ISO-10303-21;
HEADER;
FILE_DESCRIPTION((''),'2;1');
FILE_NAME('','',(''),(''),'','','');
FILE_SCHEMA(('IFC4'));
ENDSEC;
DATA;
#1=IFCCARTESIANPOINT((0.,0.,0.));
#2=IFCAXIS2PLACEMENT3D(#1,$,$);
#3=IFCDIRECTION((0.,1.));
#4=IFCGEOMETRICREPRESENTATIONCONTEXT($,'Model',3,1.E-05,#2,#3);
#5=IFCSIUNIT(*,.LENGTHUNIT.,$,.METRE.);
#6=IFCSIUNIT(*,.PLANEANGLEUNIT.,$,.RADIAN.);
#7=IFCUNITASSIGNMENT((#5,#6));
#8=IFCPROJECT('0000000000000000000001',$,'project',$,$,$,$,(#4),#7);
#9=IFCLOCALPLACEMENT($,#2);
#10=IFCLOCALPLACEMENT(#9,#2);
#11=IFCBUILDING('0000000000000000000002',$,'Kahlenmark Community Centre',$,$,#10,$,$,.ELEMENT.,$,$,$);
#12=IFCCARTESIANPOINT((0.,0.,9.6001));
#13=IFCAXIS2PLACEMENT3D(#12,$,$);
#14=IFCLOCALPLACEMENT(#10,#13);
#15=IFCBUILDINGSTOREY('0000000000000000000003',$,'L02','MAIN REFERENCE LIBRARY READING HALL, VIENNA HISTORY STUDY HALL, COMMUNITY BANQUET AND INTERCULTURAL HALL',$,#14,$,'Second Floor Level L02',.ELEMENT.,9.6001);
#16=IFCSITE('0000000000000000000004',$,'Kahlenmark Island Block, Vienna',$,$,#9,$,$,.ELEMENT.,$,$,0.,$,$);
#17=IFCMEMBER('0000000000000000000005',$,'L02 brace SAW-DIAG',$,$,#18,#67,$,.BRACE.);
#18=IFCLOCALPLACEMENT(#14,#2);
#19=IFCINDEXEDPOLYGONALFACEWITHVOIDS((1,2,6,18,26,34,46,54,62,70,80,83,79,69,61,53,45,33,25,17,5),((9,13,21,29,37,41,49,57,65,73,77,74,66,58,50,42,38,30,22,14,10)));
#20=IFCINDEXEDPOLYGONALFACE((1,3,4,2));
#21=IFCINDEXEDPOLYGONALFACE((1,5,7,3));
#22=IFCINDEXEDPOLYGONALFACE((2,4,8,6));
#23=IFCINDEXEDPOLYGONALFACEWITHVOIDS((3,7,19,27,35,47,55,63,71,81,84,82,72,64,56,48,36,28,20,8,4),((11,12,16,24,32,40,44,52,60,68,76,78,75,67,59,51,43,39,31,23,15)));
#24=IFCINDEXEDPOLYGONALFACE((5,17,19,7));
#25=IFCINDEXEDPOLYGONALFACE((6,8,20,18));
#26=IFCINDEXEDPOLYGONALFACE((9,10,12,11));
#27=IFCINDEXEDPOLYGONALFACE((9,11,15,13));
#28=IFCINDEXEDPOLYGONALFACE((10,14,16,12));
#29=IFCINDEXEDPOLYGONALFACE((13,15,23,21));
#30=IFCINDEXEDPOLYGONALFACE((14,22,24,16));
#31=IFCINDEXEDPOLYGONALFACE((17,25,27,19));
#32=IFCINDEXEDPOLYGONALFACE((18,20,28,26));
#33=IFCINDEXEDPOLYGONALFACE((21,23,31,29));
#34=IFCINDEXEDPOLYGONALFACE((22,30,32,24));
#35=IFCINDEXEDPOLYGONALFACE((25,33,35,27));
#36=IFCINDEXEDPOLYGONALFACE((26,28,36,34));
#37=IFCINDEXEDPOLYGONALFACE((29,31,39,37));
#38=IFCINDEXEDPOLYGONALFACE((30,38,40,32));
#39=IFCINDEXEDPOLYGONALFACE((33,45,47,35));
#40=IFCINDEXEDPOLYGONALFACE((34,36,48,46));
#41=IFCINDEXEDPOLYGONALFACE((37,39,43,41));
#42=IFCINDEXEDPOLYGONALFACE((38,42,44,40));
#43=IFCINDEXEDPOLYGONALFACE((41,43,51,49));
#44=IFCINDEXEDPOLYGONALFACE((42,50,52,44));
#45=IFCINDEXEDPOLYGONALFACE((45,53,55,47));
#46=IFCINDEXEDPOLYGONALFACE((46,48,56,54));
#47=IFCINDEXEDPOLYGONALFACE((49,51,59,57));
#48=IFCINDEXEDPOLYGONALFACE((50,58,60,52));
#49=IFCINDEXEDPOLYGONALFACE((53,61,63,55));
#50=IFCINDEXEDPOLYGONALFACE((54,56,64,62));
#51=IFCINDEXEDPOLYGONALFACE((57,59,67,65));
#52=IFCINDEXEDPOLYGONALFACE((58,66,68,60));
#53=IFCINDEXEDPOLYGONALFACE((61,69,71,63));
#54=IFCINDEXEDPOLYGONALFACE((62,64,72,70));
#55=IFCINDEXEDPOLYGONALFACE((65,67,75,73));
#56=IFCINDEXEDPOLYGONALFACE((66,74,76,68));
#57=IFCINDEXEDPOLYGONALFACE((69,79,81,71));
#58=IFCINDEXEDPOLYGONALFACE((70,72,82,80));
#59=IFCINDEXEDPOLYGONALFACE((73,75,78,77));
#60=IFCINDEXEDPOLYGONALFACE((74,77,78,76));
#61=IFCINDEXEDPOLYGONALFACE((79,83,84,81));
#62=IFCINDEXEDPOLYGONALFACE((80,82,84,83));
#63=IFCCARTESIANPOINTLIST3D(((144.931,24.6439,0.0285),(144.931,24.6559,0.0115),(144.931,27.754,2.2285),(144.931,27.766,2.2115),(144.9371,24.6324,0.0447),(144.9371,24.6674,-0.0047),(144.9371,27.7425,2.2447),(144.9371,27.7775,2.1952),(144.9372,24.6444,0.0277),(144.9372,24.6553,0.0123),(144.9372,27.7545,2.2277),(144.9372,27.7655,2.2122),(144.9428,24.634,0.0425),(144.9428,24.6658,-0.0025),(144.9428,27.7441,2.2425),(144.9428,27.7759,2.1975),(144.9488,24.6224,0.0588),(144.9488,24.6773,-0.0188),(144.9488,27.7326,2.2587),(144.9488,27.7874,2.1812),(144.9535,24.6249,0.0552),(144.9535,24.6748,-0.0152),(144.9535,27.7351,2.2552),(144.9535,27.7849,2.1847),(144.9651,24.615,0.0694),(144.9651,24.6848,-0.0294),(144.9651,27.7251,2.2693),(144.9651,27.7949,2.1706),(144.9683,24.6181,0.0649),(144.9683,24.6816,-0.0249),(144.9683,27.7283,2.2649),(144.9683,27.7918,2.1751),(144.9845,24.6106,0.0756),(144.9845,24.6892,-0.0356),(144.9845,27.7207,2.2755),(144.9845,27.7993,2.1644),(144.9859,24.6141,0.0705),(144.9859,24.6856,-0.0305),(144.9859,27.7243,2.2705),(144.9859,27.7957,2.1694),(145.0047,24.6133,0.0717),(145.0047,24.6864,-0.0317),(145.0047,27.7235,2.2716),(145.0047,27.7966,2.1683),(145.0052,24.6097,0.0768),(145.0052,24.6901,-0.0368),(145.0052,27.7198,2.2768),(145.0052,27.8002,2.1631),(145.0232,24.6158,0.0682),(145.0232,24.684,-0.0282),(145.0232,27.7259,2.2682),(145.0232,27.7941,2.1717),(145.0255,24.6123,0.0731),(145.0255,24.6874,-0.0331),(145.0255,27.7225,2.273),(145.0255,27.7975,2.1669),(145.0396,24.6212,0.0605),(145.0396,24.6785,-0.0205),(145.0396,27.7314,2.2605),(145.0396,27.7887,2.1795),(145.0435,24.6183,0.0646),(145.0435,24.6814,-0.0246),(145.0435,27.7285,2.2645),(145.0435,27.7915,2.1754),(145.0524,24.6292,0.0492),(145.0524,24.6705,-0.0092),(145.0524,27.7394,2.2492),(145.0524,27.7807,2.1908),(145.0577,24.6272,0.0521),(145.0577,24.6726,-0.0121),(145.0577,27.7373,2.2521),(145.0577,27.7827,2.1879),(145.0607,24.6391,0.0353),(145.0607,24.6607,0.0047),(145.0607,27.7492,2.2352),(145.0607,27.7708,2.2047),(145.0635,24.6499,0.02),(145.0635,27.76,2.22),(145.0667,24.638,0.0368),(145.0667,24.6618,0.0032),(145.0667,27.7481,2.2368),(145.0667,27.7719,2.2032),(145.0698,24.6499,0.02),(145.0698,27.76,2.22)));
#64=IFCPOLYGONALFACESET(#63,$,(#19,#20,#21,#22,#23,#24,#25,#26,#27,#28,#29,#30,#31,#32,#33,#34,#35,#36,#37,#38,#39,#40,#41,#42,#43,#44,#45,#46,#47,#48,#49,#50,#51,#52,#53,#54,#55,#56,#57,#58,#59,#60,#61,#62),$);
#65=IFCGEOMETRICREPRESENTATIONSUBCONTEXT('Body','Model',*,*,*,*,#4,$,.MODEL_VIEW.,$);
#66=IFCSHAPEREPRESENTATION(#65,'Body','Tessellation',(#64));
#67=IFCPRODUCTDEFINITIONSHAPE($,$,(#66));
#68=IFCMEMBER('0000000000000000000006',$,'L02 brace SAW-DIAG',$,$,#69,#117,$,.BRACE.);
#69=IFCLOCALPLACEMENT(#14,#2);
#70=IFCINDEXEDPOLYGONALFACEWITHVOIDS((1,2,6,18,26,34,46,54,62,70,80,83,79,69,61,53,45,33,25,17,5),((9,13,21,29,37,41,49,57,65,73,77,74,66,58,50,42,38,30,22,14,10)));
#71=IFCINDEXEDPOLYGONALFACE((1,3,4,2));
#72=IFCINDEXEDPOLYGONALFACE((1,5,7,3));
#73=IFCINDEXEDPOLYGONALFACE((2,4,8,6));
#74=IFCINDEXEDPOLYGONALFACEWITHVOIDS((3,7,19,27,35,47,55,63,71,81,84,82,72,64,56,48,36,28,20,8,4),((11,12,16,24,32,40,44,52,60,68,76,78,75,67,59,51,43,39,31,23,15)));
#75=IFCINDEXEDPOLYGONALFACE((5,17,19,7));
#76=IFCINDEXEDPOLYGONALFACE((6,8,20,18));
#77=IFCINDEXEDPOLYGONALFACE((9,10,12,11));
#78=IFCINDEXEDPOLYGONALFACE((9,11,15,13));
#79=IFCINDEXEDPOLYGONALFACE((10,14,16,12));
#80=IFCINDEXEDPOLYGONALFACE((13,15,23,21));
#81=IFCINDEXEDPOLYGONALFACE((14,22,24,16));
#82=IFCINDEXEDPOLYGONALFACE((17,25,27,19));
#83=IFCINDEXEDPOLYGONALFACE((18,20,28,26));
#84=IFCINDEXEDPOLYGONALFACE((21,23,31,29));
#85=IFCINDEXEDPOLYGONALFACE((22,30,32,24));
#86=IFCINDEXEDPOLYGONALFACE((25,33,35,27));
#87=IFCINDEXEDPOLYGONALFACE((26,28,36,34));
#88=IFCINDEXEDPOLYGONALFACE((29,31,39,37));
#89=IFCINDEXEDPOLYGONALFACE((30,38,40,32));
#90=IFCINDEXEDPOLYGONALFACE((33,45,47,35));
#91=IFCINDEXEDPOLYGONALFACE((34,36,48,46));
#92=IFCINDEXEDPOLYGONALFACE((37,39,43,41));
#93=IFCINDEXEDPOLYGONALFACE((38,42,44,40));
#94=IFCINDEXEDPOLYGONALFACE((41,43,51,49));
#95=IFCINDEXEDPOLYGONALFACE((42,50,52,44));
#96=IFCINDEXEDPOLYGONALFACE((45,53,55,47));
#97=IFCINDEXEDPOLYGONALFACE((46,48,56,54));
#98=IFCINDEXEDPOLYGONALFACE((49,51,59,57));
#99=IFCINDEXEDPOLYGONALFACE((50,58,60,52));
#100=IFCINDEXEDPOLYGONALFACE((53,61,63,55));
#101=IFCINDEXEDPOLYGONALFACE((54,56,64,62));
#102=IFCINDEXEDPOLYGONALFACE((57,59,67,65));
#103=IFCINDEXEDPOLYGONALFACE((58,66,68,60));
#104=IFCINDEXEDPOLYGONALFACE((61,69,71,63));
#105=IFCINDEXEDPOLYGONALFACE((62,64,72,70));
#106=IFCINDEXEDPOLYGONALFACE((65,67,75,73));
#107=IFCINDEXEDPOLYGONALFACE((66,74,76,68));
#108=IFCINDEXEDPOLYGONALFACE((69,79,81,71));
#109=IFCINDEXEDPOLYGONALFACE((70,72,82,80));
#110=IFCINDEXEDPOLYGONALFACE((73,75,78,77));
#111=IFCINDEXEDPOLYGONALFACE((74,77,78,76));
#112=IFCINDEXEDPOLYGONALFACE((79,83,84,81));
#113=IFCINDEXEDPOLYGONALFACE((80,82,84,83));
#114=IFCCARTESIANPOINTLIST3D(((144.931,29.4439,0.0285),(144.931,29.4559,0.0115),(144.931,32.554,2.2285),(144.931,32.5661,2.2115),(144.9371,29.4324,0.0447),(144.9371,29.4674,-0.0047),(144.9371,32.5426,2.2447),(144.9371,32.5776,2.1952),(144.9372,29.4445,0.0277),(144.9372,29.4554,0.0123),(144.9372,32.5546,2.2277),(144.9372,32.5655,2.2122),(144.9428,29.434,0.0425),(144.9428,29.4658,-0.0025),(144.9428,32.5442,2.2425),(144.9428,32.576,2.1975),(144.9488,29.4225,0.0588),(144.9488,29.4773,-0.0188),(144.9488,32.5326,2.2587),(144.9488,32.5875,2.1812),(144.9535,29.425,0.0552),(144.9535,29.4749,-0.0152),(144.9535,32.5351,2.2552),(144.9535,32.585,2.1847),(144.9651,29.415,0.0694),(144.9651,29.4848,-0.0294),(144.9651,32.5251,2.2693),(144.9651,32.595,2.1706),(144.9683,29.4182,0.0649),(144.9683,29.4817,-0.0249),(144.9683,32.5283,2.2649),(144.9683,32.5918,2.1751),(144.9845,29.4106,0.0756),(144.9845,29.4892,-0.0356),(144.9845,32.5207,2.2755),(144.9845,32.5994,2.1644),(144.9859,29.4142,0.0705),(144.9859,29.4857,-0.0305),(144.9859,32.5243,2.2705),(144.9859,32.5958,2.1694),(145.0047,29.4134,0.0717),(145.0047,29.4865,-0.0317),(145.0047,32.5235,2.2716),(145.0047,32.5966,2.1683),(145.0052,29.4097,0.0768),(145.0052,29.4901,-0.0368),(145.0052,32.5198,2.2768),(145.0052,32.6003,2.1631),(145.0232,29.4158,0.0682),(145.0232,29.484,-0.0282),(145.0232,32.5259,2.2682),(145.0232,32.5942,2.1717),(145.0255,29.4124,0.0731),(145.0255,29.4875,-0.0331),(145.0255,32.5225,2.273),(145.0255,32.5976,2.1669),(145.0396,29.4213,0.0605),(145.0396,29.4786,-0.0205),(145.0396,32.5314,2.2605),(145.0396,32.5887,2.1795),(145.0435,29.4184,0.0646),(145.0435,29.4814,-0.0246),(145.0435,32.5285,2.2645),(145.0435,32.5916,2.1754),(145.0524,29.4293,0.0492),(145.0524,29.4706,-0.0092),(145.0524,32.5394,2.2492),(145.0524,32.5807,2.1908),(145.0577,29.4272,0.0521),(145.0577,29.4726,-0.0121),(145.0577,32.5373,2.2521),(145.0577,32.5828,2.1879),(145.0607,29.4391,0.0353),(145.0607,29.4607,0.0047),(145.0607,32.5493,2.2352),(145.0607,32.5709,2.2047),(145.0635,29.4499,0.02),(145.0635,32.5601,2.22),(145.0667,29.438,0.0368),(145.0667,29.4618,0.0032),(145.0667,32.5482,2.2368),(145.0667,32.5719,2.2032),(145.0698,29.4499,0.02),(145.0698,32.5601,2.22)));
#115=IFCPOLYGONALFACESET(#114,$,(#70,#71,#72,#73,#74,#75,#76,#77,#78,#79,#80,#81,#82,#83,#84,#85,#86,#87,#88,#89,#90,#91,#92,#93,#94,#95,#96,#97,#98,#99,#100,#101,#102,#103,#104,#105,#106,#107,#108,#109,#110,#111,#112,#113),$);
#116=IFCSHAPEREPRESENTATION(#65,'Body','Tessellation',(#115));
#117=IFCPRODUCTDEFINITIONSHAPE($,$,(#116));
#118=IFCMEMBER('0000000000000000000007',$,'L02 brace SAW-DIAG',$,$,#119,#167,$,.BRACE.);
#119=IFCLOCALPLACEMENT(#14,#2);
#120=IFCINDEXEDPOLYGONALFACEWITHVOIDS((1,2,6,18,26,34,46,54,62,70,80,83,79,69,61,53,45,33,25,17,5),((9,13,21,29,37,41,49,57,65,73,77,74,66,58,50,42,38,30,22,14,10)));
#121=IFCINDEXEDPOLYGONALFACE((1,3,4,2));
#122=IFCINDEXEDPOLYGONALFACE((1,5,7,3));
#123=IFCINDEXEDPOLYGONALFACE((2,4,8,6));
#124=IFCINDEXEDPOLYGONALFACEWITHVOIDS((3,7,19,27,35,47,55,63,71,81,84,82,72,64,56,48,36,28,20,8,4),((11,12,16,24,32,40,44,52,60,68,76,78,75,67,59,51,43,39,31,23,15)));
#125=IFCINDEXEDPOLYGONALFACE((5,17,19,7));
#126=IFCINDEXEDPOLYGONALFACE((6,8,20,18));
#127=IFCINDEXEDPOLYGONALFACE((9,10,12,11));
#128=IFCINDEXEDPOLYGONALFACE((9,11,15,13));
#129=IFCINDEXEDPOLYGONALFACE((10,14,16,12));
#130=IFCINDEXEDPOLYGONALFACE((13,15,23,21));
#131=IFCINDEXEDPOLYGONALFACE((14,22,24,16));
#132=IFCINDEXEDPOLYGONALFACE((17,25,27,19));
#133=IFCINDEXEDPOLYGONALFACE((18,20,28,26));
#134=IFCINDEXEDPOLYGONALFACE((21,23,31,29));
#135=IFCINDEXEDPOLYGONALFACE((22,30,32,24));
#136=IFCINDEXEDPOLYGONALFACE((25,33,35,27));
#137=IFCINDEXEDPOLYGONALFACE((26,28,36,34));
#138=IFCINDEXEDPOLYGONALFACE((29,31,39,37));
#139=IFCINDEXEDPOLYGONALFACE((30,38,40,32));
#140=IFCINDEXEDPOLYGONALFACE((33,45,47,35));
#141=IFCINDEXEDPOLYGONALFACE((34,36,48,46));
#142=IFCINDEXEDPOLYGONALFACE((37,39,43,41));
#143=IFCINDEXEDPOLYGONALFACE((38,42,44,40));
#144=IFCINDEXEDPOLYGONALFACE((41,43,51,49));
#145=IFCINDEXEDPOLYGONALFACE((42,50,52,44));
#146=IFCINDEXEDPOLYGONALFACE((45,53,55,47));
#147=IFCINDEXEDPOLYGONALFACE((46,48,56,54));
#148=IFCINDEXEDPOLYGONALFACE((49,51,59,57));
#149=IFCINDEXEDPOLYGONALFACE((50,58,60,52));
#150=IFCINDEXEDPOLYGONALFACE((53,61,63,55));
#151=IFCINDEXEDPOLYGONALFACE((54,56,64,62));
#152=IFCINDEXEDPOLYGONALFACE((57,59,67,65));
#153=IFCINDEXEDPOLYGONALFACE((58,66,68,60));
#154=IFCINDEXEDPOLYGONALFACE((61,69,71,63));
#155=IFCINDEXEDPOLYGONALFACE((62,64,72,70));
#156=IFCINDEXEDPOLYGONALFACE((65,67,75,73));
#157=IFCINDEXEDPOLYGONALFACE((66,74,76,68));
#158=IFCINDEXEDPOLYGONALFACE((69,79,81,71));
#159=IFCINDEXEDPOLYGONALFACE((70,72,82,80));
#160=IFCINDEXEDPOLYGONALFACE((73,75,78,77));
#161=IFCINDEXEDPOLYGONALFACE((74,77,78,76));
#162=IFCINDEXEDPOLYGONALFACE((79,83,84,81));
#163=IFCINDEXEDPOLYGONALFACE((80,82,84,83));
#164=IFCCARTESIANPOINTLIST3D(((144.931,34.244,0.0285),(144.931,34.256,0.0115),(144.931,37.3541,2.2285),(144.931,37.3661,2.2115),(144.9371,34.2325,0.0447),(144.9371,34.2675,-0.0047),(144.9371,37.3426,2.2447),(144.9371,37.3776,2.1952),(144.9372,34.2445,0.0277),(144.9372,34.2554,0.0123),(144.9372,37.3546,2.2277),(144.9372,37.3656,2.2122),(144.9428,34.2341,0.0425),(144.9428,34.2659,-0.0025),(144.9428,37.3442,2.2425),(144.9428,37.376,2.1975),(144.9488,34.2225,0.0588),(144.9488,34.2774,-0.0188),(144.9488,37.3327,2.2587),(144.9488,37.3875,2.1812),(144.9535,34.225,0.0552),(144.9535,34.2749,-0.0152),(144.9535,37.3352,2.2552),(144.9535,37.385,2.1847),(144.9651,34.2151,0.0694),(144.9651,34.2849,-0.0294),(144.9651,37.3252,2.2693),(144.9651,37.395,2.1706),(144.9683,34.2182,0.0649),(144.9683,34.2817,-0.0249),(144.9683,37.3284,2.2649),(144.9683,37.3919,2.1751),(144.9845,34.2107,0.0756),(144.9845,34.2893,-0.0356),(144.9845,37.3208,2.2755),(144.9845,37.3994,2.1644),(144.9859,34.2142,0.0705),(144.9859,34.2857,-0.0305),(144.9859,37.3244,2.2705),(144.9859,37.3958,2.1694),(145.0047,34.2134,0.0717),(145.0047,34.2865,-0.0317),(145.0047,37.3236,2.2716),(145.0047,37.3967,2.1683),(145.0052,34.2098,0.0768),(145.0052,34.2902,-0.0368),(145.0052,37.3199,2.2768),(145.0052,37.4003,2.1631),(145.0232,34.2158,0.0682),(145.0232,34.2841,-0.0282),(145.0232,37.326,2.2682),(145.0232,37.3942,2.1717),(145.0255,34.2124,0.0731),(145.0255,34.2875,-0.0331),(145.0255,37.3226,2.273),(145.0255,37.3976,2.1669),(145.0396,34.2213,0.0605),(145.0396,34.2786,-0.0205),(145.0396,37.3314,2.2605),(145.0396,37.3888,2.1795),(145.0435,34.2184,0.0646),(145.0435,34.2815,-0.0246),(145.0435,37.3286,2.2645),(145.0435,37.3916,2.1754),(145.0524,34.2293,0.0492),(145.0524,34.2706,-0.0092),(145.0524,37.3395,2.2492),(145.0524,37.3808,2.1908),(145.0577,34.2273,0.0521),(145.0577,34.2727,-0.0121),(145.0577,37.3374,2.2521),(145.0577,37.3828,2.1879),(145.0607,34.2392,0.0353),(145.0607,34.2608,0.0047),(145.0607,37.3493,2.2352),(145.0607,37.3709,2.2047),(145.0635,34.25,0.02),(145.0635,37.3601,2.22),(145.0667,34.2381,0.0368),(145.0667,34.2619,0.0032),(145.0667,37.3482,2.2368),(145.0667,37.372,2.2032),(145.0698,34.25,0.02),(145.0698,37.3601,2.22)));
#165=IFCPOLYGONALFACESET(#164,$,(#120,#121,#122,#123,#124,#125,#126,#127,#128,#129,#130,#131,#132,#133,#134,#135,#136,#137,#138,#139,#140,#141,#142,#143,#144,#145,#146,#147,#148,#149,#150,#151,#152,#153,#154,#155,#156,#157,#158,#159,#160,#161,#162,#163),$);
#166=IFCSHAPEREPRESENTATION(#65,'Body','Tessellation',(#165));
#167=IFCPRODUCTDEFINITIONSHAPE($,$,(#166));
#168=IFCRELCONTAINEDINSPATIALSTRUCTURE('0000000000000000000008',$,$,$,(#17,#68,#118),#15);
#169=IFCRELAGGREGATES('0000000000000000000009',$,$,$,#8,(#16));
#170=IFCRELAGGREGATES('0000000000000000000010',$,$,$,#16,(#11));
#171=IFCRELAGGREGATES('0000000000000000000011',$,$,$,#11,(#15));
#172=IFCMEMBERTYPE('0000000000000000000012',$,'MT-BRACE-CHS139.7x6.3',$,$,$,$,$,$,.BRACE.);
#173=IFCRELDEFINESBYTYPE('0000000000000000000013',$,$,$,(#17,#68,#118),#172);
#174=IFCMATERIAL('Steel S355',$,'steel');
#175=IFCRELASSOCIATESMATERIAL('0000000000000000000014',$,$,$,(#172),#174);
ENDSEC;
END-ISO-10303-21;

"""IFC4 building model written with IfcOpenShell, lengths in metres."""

from ifc_helpers import new_model, si_unit, direction, frame, origin, origin_2d, place, context, subcontext, project, spatial, hollow_circle, extrude, material, material_profile, profile_set, type_object, element, save


model = new_model("IFC4")

# Units and contexts
model_context = context("Model", 3, precision=1e-05, world=origin(), true_north=direction((0.0, 1.0)))
body_context = subcontext(model_context, "Body", "Model", "MODEL_VIEW")
ifc_project = project(units=[si_unit("LENGTHUNIT", "METRE"), si_unit("PLANEANGLEUNIT", "RADIAN")], contexts=[model_context])

# Site, building, storey
site_placement = place(None, origin())
site = spatial("IfcSite", under=ifc_project, at=site_placement, Name="Kahlenmark Island Block, Vienna", CompositionType="ELEMENT", RefElevation=0.0)
building_placement = place(site_placement, origin())
building = spatial("IfcBuilding", under=site, at=building_placement, Name="Kahlenmark Community Centre", CompositionType="ELEMENT")
storey_placement = place(building_placement, frame((0.0, 0.0, 9.6001)))
storey = spatial("IfcBuildingStorey", under=building, at=storey_placement, Name="L02", Description="MAIN REFERENCE LIBRARY READING HALL, VIENNA HISTORY STUDY HALL, COMMUNITY BANQUET AND INTERCULTURAL HALL", LongName="Second Floor Level L02", CompositionType="ELEMENT", Elevation=9.6001)

# Members
ifc_material_1 = material(Name="Steel S355", Category="steel")
ifc_material_profile_1 = material_profile(ifc_material_1, hollow_circle(Radius=0.0698, WallThickness=0.0063, at=origin_2d()), Name="CHS 139.7x6.3")
ifc_profile_set_1 = profile_set([ifc_material_profile_1], Name="Steel S355")
member_type_1 = type_object("IfcMemberType", Name="MT-BRACE-CHS139.7x6.3", PredefinedType="BRACE", material=ifc_profile_set_1)
for number, where, z_axis, x_axis, name in (
    (1, (145.0, 27.76, 2.22), (0.0, -0.816401, -0.577486), (1.0, 0.0, 0.0), "L02 brace SAW-DIAG"),
    (2, (145.0, 32.5601, 2.22), (0.0, -0.816401, -0.577486), (1.0, 0.0, 0.0), "L02 brace SAW-DIAG"),
    (3, (145.0, 37.3601, 2.22), (0.0, -0.816401, -0.577486), (1.0, 0.0, 0.0), "L02 brace SAW-DIAG"),
):
    element("IfcMember", number, at=place(storey_placement, frame(where, z_axis=z_axis, x_axis=x_axis)), inside=storey, type_object=member_type_1, Name=name, PredefinedType="BRACE", context=body_context, shape_type="SweptSolid", body=[
        extrude(hollow_circle(Radius=0.0698, WallThickness=0.0063, at=origin_2d()), origin(), (0.0, 0.0, 1.0), 3.8096),
    ])

save(model, "model.ifc")
